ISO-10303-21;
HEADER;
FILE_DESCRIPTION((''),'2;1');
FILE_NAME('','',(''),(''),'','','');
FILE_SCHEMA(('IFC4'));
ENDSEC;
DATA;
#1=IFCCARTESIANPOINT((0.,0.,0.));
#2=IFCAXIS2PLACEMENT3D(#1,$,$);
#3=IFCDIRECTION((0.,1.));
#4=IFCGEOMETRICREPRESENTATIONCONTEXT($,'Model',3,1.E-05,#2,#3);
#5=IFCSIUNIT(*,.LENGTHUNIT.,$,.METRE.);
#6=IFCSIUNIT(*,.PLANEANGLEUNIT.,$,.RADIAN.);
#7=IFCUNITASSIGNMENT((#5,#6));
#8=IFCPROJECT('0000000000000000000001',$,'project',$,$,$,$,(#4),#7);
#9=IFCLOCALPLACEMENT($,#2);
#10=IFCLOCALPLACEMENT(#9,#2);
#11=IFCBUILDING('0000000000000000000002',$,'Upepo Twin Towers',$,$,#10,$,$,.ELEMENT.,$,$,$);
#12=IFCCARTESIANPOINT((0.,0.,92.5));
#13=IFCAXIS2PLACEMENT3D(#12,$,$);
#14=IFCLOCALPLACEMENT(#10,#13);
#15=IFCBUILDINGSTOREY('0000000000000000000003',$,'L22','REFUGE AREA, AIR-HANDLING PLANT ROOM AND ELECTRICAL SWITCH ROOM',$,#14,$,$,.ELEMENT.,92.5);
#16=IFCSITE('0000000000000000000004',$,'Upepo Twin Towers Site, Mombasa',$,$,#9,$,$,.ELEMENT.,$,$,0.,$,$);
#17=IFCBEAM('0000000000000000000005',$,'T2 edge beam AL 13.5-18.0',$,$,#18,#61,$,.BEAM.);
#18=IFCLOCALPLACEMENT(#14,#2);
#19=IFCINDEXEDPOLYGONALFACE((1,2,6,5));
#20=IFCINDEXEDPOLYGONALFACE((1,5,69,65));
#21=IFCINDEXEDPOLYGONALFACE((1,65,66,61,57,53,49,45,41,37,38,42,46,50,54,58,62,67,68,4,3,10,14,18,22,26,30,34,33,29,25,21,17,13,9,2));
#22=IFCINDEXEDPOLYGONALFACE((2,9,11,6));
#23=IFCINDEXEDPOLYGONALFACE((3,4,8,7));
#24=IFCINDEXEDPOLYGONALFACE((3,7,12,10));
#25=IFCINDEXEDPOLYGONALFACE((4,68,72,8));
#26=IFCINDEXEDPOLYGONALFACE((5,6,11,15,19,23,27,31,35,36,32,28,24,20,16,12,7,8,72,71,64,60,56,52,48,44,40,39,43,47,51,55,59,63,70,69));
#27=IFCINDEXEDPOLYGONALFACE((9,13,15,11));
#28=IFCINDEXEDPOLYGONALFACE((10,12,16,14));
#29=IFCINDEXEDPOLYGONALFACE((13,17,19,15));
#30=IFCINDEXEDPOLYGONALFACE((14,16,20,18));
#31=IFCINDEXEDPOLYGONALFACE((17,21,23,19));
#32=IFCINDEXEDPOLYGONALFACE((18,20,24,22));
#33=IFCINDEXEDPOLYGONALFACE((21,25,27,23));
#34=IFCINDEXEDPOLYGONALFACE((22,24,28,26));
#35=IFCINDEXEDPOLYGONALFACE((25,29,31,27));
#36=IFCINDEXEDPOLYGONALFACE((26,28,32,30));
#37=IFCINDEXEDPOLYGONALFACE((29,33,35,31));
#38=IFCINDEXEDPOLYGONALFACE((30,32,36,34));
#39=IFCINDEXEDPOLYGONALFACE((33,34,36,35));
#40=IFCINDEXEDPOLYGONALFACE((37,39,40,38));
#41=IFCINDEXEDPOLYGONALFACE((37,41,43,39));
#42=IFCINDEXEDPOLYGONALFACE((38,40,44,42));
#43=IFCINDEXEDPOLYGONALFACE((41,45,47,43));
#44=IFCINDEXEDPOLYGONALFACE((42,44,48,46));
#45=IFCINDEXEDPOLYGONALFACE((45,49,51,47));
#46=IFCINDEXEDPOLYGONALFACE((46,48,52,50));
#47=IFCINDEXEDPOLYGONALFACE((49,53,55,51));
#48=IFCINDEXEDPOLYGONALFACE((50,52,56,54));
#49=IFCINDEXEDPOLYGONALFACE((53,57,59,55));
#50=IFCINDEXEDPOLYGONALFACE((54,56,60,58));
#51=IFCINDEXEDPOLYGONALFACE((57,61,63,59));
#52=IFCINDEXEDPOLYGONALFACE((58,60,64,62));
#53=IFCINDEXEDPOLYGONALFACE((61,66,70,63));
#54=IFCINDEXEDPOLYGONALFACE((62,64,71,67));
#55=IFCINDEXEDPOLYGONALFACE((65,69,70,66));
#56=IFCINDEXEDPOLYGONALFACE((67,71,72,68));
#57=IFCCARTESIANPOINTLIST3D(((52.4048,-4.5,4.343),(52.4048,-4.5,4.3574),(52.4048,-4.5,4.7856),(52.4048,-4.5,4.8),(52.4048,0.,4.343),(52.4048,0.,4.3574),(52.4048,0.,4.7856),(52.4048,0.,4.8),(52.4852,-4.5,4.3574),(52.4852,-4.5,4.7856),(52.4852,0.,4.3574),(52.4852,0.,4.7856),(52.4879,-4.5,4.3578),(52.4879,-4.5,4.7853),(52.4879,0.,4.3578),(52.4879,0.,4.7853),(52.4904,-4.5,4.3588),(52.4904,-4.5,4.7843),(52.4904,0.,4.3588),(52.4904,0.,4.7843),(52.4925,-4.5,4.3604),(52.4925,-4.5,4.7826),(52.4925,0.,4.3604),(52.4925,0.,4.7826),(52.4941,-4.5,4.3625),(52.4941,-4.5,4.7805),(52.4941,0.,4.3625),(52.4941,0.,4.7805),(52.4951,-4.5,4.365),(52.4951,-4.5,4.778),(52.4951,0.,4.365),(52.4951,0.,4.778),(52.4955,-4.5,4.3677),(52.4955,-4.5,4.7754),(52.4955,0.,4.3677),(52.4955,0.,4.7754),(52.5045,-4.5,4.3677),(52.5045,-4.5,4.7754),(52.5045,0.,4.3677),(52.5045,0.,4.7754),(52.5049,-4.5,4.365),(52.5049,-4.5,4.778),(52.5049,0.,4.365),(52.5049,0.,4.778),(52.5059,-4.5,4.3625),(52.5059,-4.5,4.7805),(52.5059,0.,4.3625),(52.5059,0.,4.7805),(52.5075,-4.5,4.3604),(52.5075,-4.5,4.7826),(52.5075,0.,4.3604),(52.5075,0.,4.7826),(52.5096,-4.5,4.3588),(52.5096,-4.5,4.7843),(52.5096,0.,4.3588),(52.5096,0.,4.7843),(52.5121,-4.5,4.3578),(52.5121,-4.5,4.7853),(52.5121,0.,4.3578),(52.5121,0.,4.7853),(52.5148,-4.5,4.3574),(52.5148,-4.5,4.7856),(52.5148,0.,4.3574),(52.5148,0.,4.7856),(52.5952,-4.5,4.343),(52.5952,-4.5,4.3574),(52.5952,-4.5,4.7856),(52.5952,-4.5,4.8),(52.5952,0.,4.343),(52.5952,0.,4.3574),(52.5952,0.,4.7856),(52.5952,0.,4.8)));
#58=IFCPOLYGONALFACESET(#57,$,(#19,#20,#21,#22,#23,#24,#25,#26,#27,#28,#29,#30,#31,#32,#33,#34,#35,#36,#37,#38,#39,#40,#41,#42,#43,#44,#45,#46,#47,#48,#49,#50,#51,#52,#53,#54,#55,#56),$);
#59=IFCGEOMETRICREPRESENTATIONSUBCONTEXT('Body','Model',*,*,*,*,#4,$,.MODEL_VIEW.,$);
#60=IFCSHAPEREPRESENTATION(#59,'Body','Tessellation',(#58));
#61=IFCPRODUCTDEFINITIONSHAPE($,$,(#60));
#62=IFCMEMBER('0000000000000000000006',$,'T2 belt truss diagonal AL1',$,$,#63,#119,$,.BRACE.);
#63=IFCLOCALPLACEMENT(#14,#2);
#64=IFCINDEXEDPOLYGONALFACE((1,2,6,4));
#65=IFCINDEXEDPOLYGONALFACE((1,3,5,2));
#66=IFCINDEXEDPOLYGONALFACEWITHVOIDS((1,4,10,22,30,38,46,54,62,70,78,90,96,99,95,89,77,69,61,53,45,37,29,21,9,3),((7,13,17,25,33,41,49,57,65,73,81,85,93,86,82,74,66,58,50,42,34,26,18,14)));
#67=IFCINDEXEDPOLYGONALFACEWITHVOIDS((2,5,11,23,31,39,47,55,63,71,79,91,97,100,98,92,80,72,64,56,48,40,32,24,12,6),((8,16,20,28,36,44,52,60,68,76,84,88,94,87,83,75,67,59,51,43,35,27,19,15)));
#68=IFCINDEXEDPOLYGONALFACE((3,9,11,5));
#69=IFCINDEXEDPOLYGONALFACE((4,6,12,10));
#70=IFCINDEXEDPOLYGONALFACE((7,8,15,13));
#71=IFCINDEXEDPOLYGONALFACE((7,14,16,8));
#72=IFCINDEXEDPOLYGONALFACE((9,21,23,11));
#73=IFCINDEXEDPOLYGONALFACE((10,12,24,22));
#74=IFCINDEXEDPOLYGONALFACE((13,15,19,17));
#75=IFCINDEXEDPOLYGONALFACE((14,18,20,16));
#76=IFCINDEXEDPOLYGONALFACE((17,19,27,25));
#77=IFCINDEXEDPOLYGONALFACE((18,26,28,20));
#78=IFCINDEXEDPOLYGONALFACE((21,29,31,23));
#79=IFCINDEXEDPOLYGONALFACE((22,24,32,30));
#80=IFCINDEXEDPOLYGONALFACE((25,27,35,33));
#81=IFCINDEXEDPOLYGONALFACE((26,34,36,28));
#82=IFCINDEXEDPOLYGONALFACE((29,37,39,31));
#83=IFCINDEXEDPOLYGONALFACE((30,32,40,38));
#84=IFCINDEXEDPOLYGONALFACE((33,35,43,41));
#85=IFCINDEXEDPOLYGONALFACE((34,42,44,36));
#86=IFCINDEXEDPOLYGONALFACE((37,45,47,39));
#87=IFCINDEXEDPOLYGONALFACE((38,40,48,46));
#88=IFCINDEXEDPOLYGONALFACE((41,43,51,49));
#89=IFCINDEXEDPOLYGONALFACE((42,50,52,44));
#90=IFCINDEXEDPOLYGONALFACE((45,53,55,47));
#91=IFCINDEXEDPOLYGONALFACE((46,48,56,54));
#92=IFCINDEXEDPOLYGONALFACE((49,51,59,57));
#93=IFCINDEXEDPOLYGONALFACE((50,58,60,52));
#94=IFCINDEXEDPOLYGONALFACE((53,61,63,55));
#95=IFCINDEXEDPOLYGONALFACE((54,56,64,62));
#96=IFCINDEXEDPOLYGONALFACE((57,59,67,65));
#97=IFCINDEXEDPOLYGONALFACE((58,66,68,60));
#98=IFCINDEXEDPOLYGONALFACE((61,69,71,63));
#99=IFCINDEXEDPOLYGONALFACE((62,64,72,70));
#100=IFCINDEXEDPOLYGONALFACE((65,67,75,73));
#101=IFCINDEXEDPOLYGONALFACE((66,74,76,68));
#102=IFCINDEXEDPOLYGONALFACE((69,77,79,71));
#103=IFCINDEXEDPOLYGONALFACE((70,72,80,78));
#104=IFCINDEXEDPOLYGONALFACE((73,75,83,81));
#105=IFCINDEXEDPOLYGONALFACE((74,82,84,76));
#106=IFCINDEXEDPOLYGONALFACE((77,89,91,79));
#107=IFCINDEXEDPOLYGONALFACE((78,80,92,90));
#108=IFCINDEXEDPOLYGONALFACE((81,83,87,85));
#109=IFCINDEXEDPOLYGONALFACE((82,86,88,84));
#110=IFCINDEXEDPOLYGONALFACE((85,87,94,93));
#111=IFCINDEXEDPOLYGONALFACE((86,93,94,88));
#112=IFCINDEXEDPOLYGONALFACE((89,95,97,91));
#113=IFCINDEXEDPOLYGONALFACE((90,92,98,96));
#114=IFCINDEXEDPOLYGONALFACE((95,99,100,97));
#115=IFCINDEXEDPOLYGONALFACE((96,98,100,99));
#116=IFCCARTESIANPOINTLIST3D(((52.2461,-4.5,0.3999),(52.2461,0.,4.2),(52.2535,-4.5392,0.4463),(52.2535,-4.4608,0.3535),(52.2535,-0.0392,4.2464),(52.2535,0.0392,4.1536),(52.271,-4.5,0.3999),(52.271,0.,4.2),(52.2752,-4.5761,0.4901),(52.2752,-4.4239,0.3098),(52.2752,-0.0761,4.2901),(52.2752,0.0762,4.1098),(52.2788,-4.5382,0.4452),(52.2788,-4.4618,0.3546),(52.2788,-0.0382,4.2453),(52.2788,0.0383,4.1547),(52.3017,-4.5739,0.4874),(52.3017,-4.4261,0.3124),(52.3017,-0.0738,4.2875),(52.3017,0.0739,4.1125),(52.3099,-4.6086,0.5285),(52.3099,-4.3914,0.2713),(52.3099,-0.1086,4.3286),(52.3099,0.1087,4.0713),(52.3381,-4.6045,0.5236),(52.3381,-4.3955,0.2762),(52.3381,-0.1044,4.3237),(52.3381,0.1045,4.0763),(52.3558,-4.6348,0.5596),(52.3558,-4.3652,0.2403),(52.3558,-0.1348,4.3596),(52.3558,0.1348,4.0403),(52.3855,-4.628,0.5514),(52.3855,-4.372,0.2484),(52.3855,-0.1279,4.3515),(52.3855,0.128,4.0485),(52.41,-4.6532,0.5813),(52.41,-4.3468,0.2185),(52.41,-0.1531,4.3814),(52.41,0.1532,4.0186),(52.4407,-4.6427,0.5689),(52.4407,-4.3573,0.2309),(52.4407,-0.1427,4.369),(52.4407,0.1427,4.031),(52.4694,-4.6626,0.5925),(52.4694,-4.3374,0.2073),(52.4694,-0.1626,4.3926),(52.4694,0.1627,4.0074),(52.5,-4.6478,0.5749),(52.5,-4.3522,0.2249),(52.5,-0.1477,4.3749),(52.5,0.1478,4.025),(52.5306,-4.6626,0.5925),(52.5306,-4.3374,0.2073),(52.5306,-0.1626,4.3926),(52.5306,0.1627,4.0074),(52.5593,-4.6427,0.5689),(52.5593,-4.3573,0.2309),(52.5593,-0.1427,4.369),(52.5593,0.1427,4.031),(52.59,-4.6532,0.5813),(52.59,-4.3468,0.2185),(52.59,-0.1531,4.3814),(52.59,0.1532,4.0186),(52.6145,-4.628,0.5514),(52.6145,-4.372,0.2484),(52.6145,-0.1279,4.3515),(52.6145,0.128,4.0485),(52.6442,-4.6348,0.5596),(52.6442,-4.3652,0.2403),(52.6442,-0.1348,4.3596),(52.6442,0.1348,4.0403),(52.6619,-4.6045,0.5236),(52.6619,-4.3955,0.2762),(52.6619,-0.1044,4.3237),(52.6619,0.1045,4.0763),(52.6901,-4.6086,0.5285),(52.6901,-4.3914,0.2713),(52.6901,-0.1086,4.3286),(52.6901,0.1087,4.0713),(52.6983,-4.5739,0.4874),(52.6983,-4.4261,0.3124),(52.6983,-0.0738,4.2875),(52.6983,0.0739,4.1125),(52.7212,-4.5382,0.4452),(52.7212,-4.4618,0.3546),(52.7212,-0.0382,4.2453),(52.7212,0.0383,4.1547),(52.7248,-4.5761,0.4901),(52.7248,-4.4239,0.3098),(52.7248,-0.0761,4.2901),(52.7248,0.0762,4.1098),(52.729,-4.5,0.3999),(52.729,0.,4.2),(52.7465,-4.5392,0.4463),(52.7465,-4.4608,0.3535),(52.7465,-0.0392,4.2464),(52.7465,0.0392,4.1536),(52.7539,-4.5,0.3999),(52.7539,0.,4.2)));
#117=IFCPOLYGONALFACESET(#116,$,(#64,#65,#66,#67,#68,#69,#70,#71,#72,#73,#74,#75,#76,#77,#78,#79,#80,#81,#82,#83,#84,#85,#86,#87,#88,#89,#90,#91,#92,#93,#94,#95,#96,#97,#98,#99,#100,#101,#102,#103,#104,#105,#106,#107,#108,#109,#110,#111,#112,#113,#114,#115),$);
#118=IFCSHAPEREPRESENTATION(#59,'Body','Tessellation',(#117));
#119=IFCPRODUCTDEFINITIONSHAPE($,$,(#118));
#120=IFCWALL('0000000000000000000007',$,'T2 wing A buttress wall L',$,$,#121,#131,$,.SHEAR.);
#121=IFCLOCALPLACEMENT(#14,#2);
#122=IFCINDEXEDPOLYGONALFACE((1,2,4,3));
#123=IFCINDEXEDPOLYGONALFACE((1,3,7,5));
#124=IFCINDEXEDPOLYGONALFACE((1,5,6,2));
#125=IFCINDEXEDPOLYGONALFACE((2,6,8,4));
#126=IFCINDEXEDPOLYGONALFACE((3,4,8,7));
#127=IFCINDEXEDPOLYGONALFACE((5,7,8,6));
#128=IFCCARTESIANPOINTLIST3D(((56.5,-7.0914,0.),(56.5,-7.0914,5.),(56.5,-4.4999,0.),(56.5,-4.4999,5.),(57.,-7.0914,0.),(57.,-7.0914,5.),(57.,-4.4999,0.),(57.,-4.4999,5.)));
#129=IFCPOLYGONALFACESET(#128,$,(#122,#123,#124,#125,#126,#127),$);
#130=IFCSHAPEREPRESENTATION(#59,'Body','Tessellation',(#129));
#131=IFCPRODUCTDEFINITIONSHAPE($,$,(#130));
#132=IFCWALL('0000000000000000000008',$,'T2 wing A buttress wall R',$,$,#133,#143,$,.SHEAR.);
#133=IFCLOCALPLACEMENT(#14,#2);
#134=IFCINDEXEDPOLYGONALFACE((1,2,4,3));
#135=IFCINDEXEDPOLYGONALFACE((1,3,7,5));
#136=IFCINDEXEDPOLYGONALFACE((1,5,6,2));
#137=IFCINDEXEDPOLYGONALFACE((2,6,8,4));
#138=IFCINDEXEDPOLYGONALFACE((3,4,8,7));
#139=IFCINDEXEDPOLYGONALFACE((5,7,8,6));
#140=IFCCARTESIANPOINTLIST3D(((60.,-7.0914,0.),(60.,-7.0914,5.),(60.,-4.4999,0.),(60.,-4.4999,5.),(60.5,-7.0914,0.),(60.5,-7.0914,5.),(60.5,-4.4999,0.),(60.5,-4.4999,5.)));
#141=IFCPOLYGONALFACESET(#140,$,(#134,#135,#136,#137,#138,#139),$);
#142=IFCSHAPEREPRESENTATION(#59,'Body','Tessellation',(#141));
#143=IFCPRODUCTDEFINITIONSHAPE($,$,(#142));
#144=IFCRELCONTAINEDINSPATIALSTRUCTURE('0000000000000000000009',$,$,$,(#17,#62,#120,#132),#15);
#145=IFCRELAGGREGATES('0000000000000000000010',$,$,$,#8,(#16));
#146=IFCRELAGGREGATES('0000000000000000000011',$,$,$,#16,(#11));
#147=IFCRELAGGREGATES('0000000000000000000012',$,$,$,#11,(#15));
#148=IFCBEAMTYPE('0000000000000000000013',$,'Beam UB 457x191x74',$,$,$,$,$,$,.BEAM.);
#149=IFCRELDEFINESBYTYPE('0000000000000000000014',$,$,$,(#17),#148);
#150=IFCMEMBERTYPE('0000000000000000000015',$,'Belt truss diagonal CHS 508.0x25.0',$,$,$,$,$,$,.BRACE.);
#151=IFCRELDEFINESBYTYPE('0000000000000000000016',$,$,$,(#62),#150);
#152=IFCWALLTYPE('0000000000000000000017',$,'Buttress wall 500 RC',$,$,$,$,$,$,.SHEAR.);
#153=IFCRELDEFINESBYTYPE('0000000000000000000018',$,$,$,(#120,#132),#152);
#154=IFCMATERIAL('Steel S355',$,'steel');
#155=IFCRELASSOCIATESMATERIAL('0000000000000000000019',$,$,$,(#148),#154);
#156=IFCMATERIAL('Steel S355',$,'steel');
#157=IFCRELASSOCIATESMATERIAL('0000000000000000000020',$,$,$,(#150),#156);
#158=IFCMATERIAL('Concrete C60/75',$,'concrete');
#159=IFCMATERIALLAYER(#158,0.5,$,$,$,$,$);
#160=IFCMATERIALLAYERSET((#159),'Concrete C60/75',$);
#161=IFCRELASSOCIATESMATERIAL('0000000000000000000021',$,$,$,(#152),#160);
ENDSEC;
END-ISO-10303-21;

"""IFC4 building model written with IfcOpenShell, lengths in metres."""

from ifc_helpers import new_model, si_unit, direction, frame, frame_2d, origin, origin_2d, place, context, subcontext, project, spatial, rectangle, hollow_circle, i_section, extrude, material, layer, layer_set, material_profile, profile_set, type_object, element, save


model = new_model("IFC4")

# Units and contexts
model_context = context("Model", 3, precision=1e-05, world=origin(), true_north=direction((0.0, 1.0)))
body_context = subcontext(model_context, "Body", "Model", "MODEL_VIEW")
ifc_project = project(units=[si_unit("LENGTHUNIT", "METRE"), si_unit("PLANEANGLEUNIT", "RADIAN")], contexts=[model_context])

# Site, building, storey
site_placement = place(None, origin())
site = spatial("IfcSite", under=ifc_project, at=site_placement, Name="Upepo Twin Towers Site, Mombasa", CompositionType="ELEMENT", RefElevation=0.0)
building_placement = place(site_placement, origin())
building = spatial("IfcBuilding", under=site, at=building_placement, Name="Upepo Twin Towers", CompositionType="ELEMENT")
storey_placement = place(building_placement, frame((0.0, 0.0, 92.5)))
storey = spatial("IfcBuildingStorey", under=building, at=storey_placement, Name="L22", Description="REFUGE AREA, AIR-HANDLING PLANT ROOM AND ELECTRICAL SWITCH ROOM", CompositionType="ELEMENT", Elevation=92.5)

# Beam
ifc_material_1 = material(Name="Steel S355", Category="steel")
ifc_material_profile_1 = material_profile(ifc_material_1, i_section(OverallWidth=0.1904, OverallDepth=0.457, WebThickness=0.009, FlangeThickness=0.0144, FilletRadius=0.0103, at=origin_2d()), Name="UB 457x191x74")
ifc_profile_set_1 = profile_set([ifc_material_profile_1], Name="Steel S355")
beam_type = type_object("IfcBeamType", Name="Beam UB 457x191x74", PredefinedType="BEAM", material=ifc_profile_set_1)
beam_placement = place(storey_placement, frame((52.5, -4.5, 4.5715), z_axis=(0.0, 1.0, 0.0), x_axis=(-1.0, 0.0, 0.0)))
element("IfcBeam", 1, at=beam_placement, inside=storey, type_object=beam_type, Name="T2 edge beam AL 13.5-18.0", PredefinedType="BEAM", context=body_context, shape_type="SweptSolid", body=[
    extrude(i_section(OverallWidth=0.1904, OverallDepth=0.457, WebThickness=0.009, FlangeThickness=0.0144, FilletRadius=0.0103, at=origin_2d()), origin(), (0.0, 0.0, 1.0), 4.5),
])

# Member
ifc_material_2 = material(Name="Steel S355", Category="steel")
ifc_material_profile_2 = material_profile(ifc_material_2, hollow_circle(Radius=0.2539, WallThickness=0.0249, at=origin_2d()), Name="CHS 508.0x25.0")
ifc_profile_set_2 = profile_set([ifc_material_profile_2], Name="Steel S355")
member_type = type_object("IfcMemberType", Name="Belt truss diagonal CHS 508.0x25.0", PredefinedType="BRACE", material=ifc_profile_set_2)
member_placement = place(storey_placement, frame((52.5, -4.5, 0.3999), z_axis=(0.0, 0.764026, 0.645186), x_axis=(-1.0, 0.0, 0.0)))
element("IfcMember", 2, at=member_placement, inside=storey, type_object=member_type, Name="T2 belt truss diagonal AL1", PredefinedType="BRACE", context=body_context, shape_type="SweptSolid", body=[
    extrude(hollow_circle(Radius=0.2539, WallThickness=0.0249, at=origin_2d()), origin(), (0.0, 0.0, 1.0), 5.8899),
])

# Walls
ifc_material_3 = material(Name="Concrete C60/75", Category="concrete")
ifc_layer_1 = layer(ifc_material_3, 0.5)
ifc_layer_set_1 = layer_set([ifc_layer_1], Name="Concrete C60/75")
wall_type_1 = type_object("IfcWallType", Name="Buttress wall 500 RC", PredefinedType="SHEAR", material=ifc_layer_set_1)
for number, where, z_axis, x_axis, name in (
    (3, (56.75, -7.0916, 0.0), (0.0, 0.0, 1.0), (0.0, 1.0, 0.0), "T2 wing A buttress wall L"),
    (4, (60.25, -7.0916, 0.0), (0.0, 0.0, 1.0), (0.0, 1.0, 0.0), "T2 wing A buttress wall R"),
):
    element("IfcWall", number, at=place(storey_placement, frame(where, z_axis=z_axis, x_axis=x_axis)), inside=storey, type_object=wall_type_1, Name=name, PredefinedType="SHEAR", context=body_context, shape_type="SweptSolid", body=[
        extrude(rectangle(XDim=2.5916, YDim=0.5, at=frame_2d((1.2959, 0.0))), origin(), (0.0, 0.0, 1.0), 5.0),
    ])

save(model, "model.ifc")
